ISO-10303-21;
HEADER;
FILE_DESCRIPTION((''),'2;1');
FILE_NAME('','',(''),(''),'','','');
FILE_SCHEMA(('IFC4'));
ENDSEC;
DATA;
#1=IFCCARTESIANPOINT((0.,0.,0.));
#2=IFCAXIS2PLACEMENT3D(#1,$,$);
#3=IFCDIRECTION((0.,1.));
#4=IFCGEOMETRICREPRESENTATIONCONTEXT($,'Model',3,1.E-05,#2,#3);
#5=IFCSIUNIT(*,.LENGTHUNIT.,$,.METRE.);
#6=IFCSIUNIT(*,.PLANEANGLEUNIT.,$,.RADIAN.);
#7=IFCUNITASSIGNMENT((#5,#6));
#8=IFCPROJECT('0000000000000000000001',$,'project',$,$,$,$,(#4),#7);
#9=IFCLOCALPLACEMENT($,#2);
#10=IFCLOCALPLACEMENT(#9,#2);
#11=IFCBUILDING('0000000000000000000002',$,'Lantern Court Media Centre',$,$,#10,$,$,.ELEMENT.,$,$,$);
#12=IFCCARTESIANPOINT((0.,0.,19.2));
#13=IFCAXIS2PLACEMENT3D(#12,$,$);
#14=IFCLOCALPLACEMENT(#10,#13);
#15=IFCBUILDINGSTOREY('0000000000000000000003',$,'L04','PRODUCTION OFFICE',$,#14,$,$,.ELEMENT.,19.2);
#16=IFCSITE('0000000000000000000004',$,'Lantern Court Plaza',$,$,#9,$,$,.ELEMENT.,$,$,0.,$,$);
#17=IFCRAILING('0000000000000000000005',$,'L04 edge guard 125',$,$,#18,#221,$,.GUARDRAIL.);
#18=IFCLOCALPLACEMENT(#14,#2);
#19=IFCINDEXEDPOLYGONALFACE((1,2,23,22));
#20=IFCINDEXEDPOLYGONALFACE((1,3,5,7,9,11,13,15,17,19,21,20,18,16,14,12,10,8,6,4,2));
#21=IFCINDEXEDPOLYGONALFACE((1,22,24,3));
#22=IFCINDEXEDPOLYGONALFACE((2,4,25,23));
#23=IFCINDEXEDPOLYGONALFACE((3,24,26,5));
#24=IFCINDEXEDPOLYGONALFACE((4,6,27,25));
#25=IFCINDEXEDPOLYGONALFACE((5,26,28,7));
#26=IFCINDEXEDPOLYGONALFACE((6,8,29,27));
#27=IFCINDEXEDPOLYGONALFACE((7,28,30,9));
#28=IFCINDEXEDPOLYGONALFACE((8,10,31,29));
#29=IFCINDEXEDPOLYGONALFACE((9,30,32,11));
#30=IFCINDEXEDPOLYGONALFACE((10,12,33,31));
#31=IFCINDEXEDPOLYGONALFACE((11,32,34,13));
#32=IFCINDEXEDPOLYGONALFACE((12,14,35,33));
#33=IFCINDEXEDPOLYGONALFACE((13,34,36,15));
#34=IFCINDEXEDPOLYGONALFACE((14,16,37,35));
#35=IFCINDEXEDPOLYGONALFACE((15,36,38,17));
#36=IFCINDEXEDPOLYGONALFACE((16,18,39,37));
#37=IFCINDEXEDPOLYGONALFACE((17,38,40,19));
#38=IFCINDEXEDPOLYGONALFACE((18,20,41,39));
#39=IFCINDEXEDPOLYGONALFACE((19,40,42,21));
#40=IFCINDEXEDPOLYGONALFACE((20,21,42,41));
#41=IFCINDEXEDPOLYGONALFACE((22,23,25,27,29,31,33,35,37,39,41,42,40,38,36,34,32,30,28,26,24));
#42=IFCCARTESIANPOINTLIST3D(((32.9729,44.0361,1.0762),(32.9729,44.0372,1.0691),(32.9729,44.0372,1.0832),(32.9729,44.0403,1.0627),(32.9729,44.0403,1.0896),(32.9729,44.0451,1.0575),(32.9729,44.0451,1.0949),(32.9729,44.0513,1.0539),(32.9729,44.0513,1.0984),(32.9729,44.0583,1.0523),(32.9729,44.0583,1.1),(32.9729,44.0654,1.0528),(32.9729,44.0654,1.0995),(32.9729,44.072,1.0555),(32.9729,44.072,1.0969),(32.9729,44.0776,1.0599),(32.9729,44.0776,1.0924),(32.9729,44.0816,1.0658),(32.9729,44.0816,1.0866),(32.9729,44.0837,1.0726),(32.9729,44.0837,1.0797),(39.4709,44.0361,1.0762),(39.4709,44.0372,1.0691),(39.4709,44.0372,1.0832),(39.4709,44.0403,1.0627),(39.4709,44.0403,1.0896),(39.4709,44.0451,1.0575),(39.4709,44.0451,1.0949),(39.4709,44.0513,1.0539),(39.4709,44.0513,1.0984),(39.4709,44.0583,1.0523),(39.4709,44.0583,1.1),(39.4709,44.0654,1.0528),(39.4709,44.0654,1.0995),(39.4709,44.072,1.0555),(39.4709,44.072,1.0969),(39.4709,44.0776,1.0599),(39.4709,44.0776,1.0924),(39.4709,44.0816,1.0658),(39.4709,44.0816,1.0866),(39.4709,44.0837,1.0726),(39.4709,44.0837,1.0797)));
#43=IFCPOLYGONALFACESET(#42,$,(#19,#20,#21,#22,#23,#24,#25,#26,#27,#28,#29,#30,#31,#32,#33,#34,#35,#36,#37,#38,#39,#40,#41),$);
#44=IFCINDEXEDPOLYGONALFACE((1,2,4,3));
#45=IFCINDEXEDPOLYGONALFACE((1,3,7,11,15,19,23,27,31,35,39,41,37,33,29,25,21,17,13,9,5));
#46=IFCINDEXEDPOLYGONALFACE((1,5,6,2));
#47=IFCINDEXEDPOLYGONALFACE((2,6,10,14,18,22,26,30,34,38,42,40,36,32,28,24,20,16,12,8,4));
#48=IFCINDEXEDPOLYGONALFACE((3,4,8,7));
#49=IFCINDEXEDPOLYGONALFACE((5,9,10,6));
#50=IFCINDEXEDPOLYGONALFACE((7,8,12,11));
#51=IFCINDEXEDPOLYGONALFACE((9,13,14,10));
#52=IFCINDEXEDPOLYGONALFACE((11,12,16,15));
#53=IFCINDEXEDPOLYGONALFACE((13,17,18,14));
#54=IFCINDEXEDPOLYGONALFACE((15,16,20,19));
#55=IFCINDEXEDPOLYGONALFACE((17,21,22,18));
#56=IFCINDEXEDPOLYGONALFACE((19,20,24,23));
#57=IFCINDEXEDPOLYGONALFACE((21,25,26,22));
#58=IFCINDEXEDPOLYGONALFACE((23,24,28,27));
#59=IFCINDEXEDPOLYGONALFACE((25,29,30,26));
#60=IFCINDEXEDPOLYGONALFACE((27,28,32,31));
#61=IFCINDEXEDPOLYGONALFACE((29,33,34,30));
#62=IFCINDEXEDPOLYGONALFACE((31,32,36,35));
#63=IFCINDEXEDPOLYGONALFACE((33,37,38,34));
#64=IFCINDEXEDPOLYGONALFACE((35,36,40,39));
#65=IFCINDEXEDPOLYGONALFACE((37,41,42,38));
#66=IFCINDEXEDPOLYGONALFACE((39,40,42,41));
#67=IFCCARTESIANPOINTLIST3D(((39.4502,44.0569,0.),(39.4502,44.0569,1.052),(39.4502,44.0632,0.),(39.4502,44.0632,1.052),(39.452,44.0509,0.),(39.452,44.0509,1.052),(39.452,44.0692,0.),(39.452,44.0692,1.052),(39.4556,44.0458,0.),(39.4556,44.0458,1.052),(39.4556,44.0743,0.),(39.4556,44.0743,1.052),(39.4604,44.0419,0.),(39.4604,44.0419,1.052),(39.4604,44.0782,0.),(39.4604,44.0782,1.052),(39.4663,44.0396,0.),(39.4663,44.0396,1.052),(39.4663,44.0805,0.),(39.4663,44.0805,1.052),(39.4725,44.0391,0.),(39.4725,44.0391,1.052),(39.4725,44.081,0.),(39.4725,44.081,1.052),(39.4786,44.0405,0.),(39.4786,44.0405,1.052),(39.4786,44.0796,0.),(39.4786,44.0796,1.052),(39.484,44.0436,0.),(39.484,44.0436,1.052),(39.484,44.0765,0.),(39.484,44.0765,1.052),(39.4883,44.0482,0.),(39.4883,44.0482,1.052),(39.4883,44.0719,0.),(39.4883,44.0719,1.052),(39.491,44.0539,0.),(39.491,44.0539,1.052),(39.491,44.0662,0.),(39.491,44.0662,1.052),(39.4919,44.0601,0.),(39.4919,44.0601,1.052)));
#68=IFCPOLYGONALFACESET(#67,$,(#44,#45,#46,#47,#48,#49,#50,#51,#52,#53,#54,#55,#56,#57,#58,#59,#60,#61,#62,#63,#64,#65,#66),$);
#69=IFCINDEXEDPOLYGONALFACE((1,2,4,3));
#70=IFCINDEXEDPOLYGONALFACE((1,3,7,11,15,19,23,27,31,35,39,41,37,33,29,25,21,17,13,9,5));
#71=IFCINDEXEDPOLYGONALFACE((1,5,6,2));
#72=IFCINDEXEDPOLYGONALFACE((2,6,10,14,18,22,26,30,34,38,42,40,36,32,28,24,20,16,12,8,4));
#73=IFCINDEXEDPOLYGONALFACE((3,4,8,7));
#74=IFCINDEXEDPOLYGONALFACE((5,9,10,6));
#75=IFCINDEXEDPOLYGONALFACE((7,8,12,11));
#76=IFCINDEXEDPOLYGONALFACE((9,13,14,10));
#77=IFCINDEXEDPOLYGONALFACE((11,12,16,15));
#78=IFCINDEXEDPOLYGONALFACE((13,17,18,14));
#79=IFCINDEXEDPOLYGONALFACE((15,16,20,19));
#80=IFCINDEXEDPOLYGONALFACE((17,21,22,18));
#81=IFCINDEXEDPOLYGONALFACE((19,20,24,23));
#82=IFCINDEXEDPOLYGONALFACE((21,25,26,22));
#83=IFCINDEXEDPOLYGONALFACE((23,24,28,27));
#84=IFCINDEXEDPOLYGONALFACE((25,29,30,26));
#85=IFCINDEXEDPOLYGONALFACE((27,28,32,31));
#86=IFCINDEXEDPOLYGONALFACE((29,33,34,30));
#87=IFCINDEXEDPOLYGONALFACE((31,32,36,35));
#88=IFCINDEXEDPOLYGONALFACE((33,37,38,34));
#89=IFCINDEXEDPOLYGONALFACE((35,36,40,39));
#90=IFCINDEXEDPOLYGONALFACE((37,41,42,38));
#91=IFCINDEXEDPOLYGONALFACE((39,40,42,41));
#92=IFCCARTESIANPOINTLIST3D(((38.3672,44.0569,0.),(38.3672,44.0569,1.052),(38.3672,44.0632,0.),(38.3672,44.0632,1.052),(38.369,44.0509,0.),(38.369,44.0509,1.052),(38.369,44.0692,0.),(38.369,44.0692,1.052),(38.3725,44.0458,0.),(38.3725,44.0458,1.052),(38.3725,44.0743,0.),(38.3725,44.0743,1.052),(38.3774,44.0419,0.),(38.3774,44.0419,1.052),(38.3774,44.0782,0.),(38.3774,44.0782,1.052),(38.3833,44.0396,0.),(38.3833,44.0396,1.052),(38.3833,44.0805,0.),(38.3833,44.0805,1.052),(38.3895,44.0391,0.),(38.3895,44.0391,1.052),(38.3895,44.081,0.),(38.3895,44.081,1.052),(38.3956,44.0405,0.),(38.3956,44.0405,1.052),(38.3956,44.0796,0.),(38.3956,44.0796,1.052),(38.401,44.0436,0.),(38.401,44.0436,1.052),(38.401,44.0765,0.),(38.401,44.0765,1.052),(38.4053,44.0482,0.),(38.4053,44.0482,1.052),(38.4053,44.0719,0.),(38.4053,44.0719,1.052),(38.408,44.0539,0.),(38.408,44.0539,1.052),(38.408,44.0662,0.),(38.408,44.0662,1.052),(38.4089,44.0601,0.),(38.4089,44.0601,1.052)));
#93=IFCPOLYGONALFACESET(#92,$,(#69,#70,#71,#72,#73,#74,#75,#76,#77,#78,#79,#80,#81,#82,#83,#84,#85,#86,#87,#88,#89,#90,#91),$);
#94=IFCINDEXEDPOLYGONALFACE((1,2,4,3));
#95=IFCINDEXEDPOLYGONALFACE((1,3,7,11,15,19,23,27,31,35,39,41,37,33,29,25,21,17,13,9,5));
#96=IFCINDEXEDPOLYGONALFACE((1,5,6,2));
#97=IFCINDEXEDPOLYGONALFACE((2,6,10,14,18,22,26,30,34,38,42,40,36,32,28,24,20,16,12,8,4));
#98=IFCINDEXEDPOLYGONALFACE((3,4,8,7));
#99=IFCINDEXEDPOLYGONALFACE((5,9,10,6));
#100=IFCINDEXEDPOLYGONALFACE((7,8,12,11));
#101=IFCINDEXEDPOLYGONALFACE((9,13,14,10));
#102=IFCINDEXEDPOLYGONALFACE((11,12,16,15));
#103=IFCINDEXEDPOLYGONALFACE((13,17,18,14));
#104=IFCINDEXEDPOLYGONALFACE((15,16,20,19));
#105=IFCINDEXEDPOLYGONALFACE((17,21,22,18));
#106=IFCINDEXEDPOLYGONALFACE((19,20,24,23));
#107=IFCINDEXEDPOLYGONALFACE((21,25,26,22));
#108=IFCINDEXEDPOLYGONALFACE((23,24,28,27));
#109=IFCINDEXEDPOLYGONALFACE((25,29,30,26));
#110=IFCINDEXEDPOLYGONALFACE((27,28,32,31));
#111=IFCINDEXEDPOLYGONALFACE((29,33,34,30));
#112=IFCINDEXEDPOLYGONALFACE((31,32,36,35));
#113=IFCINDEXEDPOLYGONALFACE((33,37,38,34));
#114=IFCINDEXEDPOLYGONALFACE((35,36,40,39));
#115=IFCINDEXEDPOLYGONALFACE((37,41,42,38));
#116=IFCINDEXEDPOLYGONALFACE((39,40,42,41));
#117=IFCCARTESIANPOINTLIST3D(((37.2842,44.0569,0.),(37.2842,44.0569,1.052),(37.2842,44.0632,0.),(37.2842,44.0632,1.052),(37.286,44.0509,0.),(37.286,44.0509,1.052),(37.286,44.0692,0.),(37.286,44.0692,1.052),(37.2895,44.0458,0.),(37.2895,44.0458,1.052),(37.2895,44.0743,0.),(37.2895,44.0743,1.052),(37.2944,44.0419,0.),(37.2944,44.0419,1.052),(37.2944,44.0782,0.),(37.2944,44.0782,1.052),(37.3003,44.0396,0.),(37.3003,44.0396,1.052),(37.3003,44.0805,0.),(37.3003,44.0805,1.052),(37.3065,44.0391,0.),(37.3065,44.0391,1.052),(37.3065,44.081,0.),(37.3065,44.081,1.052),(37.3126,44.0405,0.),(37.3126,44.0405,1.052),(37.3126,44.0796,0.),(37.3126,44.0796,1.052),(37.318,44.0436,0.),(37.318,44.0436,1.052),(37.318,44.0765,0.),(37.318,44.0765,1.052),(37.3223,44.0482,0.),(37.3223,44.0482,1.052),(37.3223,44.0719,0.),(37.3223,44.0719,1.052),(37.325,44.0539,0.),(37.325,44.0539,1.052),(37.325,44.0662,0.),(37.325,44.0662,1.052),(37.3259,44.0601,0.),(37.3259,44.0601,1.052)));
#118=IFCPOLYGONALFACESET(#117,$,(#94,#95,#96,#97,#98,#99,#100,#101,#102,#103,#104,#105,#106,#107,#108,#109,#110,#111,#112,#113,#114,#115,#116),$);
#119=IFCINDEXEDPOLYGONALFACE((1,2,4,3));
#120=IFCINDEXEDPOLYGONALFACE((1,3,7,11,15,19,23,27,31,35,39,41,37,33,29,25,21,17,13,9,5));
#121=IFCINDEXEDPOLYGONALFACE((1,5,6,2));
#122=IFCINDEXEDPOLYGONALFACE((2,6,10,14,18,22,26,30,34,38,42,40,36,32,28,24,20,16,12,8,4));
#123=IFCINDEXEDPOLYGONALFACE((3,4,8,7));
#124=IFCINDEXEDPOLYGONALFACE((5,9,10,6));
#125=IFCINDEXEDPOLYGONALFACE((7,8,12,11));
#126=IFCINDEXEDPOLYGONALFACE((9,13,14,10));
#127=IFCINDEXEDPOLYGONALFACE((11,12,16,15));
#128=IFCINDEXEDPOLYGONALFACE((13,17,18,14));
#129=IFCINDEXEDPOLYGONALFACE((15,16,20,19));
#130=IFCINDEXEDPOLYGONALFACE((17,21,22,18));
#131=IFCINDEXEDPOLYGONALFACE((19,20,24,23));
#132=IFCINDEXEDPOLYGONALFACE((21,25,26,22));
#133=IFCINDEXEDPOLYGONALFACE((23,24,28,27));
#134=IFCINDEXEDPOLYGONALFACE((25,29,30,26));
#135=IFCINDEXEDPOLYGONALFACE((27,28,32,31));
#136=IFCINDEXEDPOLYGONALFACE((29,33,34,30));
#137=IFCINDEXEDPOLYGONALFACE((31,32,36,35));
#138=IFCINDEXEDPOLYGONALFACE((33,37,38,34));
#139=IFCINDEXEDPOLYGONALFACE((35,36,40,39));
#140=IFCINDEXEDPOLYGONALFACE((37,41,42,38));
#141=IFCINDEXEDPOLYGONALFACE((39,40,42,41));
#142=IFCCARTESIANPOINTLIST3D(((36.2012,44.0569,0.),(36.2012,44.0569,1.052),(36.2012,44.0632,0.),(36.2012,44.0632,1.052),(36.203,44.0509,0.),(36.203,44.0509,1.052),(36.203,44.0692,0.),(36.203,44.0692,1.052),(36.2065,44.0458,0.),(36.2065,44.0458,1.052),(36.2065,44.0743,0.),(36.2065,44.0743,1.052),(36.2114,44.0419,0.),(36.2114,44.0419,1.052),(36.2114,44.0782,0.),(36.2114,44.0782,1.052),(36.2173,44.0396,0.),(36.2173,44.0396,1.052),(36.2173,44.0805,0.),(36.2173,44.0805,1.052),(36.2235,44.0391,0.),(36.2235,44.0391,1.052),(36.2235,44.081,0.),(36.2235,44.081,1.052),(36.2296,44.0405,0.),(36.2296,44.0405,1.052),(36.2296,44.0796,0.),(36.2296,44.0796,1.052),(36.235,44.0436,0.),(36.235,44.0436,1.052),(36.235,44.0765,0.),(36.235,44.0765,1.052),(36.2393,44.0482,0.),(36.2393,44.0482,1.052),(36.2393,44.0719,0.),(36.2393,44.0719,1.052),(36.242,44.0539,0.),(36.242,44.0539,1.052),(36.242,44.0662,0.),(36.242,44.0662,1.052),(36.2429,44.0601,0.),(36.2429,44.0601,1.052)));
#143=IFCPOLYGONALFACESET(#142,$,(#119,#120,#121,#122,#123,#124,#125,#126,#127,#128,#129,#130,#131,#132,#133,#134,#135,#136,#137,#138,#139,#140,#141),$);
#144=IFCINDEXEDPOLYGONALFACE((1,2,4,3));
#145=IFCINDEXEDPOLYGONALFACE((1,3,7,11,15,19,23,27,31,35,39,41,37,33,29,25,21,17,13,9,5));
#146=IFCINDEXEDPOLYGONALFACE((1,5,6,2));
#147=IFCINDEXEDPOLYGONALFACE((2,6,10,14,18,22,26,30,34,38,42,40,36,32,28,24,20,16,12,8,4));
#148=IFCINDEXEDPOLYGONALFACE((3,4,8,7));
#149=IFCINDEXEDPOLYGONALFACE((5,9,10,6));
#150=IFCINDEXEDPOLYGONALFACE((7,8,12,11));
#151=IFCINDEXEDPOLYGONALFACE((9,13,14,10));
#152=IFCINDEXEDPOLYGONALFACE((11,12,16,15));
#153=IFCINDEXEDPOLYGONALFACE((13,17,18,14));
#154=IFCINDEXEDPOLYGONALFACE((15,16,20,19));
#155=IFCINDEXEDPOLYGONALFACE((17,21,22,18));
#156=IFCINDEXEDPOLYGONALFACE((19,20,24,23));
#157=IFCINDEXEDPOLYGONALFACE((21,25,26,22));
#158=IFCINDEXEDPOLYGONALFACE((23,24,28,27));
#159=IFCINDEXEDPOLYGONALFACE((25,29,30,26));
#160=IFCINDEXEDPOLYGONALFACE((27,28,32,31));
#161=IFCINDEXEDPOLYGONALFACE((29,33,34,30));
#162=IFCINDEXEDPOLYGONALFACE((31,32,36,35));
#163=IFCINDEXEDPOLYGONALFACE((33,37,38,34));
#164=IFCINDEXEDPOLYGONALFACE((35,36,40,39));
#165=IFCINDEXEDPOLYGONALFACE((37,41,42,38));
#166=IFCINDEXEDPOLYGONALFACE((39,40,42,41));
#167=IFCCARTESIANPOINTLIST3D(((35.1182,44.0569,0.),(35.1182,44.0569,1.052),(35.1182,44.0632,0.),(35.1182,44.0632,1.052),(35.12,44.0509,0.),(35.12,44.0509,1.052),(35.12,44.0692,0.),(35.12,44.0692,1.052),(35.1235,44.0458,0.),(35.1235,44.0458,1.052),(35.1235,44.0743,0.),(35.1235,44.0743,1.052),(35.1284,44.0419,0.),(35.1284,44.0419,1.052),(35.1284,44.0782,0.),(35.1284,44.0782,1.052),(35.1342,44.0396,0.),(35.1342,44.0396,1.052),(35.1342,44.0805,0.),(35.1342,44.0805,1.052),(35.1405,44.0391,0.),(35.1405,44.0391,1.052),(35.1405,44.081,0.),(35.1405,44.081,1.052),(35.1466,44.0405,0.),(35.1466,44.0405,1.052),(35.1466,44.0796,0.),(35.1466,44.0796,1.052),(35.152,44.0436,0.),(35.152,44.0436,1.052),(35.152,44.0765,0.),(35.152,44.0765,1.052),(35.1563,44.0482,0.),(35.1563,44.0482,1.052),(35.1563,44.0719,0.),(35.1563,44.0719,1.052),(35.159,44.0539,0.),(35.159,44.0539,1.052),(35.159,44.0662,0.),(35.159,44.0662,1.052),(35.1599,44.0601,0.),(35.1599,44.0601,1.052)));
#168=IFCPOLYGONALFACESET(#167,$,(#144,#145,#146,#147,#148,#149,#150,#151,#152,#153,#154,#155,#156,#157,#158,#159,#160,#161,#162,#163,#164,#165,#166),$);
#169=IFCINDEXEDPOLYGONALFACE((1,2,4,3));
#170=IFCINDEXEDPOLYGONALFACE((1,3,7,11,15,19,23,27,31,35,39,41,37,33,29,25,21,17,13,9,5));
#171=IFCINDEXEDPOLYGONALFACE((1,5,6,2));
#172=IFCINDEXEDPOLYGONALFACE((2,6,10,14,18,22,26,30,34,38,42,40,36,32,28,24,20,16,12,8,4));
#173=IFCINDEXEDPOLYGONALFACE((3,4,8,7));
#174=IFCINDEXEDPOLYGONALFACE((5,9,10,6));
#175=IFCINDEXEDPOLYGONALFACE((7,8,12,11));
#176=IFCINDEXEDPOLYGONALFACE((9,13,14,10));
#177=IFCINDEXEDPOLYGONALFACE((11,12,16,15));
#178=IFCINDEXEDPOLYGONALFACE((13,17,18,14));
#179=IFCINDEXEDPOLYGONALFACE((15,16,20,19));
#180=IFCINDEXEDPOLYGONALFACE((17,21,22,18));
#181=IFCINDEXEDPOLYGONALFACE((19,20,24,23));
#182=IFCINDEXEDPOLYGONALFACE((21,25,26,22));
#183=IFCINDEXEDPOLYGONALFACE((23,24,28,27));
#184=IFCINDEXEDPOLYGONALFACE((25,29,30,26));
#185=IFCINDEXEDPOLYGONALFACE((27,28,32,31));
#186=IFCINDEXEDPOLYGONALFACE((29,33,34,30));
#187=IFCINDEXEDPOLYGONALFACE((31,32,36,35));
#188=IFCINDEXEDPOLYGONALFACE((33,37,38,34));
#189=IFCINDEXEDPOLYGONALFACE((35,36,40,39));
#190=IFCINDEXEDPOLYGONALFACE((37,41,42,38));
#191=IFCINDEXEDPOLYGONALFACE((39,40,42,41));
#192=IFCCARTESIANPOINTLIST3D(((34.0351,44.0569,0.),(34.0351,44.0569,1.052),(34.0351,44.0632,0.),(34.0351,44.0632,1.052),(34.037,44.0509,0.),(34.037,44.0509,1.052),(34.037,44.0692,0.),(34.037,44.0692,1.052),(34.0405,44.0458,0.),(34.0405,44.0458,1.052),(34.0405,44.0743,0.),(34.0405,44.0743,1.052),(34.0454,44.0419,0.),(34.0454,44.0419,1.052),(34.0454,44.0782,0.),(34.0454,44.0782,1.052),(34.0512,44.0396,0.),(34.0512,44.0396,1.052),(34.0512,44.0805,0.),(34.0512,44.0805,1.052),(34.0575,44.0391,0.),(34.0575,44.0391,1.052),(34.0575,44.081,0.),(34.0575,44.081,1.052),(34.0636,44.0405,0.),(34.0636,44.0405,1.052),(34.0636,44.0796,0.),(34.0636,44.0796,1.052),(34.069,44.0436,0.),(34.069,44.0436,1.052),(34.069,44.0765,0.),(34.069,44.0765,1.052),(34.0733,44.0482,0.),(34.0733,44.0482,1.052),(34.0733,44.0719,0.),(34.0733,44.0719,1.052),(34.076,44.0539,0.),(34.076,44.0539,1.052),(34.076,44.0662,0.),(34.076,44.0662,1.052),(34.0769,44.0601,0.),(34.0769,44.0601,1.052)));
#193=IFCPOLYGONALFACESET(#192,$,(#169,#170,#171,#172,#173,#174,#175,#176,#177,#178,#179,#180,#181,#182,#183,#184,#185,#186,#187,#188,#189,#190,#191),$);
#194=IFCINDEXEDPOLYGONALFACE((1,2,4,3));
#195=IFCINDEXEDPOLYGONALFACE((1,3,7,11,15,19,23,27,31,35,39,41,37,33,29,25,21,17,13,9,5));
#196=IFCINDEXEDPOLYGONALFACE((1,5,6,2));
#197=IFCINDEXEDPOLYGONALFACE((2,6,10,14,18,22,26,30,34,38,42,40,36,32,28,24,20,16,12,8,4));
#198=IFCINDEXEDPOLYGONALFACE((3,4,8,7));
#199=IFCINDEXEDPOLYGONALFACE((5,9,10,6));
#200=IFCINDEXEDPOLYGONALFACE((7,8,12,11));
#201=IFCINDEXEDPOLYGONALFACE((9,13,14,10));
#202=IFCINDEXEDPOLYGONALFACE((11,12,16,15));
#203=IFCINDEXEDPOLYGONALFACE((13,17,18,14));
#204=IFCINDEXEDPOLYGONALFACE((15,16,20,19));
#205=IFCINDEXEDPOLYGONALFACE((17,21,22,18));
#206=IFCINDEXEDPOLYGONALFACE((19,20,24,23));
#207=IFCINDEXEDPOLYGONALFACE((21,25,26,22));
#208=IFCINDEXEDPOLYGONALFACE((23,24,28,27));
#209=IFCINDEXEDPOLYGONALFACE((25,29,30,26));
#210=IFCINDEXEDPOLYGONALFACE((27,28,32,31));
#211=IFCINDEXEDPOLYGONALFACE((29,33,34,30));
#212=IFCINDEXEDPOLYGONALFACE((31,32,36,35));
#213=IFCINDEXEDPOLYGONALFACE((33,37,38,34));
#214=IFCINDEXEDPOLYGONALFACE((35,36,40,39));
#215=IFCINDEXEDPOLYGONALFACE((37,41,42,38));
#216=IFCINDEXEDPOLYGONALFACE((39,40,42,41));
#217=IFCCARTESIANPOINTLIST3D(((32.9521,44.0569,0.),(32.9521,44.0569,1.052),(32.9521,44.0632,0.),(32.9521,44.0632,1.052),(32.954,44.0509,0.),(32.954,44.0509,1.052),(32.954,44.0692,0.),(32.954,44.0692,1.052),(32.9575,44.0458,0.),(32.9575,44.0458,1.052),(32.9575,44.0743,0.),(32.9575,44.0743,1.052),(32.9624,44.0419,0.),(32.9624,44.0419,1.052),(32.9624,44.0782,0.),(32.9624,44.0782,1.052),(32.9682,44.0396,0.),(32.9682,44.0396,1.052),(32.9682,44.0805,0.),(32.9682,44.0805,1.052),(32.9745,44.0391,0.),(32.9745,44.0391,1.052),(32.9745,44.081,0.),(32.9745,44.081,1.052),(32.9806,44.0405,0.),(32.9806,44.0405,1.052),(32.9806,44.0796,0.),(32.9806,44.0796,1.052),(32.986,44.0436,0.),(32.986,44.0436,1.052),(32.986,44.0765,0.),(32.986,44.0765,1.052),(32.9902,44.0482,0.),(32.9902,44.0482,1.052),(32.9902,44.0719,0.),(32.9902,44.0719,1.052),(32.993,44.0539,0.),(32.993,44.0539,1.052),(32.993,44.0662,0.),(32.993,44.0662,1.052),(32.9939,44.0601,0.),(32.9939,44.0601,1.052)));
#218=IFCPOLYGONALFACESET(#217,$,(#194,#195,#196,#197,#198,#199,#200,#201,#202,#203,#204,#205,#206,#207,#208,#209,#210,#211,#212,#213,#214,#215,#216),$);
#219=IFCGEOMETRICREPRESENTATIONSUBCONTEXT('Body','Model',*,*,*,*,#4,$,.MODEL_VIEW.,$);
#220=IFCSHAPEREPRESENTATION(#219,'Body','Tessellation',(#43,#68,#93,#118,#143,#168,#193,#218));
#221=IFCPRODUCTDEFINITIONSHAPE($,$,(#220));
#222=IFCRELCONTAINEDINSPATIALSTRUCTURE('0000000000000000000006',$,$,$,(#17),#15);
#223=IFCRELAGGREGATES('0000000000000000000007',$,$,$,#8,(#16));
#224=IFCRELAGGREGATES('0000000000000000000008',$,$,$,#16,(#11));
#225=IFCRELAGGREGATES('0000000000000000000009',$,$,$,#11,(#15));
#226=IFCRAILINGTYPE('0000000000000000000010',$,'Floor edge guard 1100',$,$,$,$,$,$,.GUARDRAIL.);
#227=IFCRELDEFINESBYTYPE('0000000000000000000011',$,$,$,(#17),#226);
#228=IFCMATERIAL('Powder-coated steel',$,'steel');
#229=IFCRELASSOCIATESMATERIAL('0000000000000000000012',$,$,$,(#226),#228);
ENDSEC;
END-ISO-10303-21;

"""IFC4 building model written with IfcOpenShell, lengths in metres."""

from ifc_helpers import new_model, si_unit, direction, frame, origin, origin_2d, place, context, subcontext, project, spatial, circle, extrude, material, type_object, element, save


model = new_model("IFC4")

# Units and contexts
model_context = context("Model", 3, precision=1e-05, world=origin(), true_north=direction((0.0, 1.0)))
body_context = subcontext(model_context, "Body", "Model", "MODEL_VIEW")
ifc_project = project(units=[si_unit("LENGTHUNIT", "METRE"), si_unit("PLANEANGLEUNIT", "RADIAN")], contexts=[model_context])

# Site, building, storey
site_placement = place(None, origin())
site = spatial("IfcSite", under=ifc_project, at=site_placement, Name="Lantern Court Plaza", CompositionType="ELEMENT", RefElevation=0.0)
building_placement = place(site_placement, origin())
building = spatial("IfcBuilding", under=site, at=building_placement, Name="Lantern Court Media Centre", CompositionType="ELEMENT")
storey_placement = place(building_placement, frame((0.0, 0.0, 19.2)))
storey = spatial("IfcBuildingStorey", under=building, at=storey_placement, Name="L04", Description="PRODUCTION OFFICE", CompositionType="ELEMENT", Elevation=19.2)

# Railing
ifc_material_1 = material(Name="Powder-coated steel", Category="steel")
railing_type = type_object("IfcRailingType", Name="Floor edge guard 1100", PredefinedType="GUARDRAIL", material=ifc_material_1)
railing_placement = place(storey_placement, frame((39.4709, 44.0601, 0.0)))
element("IfcRailing", 1, at=railing_placement, inside=storey, type_object=railing_type, Name="L04 edge guard 125", PredefinedType="GUARDRAIL", context=body_context, shape_type="SweptSolid", body=[
    extrude(circle(Radius=0.0239, at=origin_2d()), frame((0.0, 0.0, 1.0762), z_axis=(-1.0, 0.0, 0.0), x_axis=(0.0, -1.0, 0.0)), (0.0, 0.0, 1.0), 6.498),
    extrude(circle(Radius=0.021, at=origin_2d()), origin(), (0.0, 0.0, 1.0), 1.052),
    extrude(circle(Radius=0.021, at=origin_2d()), frame((-1.083, 0.0, 0.0)), (0.0, 0.0, 1.0), 1.052),
    extrude(circle(Radius=0.021, at=origin_2d()), frame((-2.166, 0.0, 0.0)), (0.0, 0.0, 1.0), 1.052),
    extrude(circle(Radius=0.021, at=origin_2d()), frame((-3.249, 0.0, 0.0)), (0.0, 0.0, 1.0), 1.052),
    extrude(circle(Radius=0.021, at=origin_2d()), frame((-4.332, 0.0, 0.0)), (0.0, 0.0, 1.0), 1.052),
    extrude(circle(Radius=0.021, at=origin_2d()), frame((-5.415, 0.0, 0.0)), (0.0, 0.0, 1.0), 1.052),
    extrude(circle(Radius=0.021, at=origin_2d()), frame((-6.498, 0.0, 0.0)), (0.0, 0.0, 1.0), 1.052),
])

save(model, "model.ifc")
